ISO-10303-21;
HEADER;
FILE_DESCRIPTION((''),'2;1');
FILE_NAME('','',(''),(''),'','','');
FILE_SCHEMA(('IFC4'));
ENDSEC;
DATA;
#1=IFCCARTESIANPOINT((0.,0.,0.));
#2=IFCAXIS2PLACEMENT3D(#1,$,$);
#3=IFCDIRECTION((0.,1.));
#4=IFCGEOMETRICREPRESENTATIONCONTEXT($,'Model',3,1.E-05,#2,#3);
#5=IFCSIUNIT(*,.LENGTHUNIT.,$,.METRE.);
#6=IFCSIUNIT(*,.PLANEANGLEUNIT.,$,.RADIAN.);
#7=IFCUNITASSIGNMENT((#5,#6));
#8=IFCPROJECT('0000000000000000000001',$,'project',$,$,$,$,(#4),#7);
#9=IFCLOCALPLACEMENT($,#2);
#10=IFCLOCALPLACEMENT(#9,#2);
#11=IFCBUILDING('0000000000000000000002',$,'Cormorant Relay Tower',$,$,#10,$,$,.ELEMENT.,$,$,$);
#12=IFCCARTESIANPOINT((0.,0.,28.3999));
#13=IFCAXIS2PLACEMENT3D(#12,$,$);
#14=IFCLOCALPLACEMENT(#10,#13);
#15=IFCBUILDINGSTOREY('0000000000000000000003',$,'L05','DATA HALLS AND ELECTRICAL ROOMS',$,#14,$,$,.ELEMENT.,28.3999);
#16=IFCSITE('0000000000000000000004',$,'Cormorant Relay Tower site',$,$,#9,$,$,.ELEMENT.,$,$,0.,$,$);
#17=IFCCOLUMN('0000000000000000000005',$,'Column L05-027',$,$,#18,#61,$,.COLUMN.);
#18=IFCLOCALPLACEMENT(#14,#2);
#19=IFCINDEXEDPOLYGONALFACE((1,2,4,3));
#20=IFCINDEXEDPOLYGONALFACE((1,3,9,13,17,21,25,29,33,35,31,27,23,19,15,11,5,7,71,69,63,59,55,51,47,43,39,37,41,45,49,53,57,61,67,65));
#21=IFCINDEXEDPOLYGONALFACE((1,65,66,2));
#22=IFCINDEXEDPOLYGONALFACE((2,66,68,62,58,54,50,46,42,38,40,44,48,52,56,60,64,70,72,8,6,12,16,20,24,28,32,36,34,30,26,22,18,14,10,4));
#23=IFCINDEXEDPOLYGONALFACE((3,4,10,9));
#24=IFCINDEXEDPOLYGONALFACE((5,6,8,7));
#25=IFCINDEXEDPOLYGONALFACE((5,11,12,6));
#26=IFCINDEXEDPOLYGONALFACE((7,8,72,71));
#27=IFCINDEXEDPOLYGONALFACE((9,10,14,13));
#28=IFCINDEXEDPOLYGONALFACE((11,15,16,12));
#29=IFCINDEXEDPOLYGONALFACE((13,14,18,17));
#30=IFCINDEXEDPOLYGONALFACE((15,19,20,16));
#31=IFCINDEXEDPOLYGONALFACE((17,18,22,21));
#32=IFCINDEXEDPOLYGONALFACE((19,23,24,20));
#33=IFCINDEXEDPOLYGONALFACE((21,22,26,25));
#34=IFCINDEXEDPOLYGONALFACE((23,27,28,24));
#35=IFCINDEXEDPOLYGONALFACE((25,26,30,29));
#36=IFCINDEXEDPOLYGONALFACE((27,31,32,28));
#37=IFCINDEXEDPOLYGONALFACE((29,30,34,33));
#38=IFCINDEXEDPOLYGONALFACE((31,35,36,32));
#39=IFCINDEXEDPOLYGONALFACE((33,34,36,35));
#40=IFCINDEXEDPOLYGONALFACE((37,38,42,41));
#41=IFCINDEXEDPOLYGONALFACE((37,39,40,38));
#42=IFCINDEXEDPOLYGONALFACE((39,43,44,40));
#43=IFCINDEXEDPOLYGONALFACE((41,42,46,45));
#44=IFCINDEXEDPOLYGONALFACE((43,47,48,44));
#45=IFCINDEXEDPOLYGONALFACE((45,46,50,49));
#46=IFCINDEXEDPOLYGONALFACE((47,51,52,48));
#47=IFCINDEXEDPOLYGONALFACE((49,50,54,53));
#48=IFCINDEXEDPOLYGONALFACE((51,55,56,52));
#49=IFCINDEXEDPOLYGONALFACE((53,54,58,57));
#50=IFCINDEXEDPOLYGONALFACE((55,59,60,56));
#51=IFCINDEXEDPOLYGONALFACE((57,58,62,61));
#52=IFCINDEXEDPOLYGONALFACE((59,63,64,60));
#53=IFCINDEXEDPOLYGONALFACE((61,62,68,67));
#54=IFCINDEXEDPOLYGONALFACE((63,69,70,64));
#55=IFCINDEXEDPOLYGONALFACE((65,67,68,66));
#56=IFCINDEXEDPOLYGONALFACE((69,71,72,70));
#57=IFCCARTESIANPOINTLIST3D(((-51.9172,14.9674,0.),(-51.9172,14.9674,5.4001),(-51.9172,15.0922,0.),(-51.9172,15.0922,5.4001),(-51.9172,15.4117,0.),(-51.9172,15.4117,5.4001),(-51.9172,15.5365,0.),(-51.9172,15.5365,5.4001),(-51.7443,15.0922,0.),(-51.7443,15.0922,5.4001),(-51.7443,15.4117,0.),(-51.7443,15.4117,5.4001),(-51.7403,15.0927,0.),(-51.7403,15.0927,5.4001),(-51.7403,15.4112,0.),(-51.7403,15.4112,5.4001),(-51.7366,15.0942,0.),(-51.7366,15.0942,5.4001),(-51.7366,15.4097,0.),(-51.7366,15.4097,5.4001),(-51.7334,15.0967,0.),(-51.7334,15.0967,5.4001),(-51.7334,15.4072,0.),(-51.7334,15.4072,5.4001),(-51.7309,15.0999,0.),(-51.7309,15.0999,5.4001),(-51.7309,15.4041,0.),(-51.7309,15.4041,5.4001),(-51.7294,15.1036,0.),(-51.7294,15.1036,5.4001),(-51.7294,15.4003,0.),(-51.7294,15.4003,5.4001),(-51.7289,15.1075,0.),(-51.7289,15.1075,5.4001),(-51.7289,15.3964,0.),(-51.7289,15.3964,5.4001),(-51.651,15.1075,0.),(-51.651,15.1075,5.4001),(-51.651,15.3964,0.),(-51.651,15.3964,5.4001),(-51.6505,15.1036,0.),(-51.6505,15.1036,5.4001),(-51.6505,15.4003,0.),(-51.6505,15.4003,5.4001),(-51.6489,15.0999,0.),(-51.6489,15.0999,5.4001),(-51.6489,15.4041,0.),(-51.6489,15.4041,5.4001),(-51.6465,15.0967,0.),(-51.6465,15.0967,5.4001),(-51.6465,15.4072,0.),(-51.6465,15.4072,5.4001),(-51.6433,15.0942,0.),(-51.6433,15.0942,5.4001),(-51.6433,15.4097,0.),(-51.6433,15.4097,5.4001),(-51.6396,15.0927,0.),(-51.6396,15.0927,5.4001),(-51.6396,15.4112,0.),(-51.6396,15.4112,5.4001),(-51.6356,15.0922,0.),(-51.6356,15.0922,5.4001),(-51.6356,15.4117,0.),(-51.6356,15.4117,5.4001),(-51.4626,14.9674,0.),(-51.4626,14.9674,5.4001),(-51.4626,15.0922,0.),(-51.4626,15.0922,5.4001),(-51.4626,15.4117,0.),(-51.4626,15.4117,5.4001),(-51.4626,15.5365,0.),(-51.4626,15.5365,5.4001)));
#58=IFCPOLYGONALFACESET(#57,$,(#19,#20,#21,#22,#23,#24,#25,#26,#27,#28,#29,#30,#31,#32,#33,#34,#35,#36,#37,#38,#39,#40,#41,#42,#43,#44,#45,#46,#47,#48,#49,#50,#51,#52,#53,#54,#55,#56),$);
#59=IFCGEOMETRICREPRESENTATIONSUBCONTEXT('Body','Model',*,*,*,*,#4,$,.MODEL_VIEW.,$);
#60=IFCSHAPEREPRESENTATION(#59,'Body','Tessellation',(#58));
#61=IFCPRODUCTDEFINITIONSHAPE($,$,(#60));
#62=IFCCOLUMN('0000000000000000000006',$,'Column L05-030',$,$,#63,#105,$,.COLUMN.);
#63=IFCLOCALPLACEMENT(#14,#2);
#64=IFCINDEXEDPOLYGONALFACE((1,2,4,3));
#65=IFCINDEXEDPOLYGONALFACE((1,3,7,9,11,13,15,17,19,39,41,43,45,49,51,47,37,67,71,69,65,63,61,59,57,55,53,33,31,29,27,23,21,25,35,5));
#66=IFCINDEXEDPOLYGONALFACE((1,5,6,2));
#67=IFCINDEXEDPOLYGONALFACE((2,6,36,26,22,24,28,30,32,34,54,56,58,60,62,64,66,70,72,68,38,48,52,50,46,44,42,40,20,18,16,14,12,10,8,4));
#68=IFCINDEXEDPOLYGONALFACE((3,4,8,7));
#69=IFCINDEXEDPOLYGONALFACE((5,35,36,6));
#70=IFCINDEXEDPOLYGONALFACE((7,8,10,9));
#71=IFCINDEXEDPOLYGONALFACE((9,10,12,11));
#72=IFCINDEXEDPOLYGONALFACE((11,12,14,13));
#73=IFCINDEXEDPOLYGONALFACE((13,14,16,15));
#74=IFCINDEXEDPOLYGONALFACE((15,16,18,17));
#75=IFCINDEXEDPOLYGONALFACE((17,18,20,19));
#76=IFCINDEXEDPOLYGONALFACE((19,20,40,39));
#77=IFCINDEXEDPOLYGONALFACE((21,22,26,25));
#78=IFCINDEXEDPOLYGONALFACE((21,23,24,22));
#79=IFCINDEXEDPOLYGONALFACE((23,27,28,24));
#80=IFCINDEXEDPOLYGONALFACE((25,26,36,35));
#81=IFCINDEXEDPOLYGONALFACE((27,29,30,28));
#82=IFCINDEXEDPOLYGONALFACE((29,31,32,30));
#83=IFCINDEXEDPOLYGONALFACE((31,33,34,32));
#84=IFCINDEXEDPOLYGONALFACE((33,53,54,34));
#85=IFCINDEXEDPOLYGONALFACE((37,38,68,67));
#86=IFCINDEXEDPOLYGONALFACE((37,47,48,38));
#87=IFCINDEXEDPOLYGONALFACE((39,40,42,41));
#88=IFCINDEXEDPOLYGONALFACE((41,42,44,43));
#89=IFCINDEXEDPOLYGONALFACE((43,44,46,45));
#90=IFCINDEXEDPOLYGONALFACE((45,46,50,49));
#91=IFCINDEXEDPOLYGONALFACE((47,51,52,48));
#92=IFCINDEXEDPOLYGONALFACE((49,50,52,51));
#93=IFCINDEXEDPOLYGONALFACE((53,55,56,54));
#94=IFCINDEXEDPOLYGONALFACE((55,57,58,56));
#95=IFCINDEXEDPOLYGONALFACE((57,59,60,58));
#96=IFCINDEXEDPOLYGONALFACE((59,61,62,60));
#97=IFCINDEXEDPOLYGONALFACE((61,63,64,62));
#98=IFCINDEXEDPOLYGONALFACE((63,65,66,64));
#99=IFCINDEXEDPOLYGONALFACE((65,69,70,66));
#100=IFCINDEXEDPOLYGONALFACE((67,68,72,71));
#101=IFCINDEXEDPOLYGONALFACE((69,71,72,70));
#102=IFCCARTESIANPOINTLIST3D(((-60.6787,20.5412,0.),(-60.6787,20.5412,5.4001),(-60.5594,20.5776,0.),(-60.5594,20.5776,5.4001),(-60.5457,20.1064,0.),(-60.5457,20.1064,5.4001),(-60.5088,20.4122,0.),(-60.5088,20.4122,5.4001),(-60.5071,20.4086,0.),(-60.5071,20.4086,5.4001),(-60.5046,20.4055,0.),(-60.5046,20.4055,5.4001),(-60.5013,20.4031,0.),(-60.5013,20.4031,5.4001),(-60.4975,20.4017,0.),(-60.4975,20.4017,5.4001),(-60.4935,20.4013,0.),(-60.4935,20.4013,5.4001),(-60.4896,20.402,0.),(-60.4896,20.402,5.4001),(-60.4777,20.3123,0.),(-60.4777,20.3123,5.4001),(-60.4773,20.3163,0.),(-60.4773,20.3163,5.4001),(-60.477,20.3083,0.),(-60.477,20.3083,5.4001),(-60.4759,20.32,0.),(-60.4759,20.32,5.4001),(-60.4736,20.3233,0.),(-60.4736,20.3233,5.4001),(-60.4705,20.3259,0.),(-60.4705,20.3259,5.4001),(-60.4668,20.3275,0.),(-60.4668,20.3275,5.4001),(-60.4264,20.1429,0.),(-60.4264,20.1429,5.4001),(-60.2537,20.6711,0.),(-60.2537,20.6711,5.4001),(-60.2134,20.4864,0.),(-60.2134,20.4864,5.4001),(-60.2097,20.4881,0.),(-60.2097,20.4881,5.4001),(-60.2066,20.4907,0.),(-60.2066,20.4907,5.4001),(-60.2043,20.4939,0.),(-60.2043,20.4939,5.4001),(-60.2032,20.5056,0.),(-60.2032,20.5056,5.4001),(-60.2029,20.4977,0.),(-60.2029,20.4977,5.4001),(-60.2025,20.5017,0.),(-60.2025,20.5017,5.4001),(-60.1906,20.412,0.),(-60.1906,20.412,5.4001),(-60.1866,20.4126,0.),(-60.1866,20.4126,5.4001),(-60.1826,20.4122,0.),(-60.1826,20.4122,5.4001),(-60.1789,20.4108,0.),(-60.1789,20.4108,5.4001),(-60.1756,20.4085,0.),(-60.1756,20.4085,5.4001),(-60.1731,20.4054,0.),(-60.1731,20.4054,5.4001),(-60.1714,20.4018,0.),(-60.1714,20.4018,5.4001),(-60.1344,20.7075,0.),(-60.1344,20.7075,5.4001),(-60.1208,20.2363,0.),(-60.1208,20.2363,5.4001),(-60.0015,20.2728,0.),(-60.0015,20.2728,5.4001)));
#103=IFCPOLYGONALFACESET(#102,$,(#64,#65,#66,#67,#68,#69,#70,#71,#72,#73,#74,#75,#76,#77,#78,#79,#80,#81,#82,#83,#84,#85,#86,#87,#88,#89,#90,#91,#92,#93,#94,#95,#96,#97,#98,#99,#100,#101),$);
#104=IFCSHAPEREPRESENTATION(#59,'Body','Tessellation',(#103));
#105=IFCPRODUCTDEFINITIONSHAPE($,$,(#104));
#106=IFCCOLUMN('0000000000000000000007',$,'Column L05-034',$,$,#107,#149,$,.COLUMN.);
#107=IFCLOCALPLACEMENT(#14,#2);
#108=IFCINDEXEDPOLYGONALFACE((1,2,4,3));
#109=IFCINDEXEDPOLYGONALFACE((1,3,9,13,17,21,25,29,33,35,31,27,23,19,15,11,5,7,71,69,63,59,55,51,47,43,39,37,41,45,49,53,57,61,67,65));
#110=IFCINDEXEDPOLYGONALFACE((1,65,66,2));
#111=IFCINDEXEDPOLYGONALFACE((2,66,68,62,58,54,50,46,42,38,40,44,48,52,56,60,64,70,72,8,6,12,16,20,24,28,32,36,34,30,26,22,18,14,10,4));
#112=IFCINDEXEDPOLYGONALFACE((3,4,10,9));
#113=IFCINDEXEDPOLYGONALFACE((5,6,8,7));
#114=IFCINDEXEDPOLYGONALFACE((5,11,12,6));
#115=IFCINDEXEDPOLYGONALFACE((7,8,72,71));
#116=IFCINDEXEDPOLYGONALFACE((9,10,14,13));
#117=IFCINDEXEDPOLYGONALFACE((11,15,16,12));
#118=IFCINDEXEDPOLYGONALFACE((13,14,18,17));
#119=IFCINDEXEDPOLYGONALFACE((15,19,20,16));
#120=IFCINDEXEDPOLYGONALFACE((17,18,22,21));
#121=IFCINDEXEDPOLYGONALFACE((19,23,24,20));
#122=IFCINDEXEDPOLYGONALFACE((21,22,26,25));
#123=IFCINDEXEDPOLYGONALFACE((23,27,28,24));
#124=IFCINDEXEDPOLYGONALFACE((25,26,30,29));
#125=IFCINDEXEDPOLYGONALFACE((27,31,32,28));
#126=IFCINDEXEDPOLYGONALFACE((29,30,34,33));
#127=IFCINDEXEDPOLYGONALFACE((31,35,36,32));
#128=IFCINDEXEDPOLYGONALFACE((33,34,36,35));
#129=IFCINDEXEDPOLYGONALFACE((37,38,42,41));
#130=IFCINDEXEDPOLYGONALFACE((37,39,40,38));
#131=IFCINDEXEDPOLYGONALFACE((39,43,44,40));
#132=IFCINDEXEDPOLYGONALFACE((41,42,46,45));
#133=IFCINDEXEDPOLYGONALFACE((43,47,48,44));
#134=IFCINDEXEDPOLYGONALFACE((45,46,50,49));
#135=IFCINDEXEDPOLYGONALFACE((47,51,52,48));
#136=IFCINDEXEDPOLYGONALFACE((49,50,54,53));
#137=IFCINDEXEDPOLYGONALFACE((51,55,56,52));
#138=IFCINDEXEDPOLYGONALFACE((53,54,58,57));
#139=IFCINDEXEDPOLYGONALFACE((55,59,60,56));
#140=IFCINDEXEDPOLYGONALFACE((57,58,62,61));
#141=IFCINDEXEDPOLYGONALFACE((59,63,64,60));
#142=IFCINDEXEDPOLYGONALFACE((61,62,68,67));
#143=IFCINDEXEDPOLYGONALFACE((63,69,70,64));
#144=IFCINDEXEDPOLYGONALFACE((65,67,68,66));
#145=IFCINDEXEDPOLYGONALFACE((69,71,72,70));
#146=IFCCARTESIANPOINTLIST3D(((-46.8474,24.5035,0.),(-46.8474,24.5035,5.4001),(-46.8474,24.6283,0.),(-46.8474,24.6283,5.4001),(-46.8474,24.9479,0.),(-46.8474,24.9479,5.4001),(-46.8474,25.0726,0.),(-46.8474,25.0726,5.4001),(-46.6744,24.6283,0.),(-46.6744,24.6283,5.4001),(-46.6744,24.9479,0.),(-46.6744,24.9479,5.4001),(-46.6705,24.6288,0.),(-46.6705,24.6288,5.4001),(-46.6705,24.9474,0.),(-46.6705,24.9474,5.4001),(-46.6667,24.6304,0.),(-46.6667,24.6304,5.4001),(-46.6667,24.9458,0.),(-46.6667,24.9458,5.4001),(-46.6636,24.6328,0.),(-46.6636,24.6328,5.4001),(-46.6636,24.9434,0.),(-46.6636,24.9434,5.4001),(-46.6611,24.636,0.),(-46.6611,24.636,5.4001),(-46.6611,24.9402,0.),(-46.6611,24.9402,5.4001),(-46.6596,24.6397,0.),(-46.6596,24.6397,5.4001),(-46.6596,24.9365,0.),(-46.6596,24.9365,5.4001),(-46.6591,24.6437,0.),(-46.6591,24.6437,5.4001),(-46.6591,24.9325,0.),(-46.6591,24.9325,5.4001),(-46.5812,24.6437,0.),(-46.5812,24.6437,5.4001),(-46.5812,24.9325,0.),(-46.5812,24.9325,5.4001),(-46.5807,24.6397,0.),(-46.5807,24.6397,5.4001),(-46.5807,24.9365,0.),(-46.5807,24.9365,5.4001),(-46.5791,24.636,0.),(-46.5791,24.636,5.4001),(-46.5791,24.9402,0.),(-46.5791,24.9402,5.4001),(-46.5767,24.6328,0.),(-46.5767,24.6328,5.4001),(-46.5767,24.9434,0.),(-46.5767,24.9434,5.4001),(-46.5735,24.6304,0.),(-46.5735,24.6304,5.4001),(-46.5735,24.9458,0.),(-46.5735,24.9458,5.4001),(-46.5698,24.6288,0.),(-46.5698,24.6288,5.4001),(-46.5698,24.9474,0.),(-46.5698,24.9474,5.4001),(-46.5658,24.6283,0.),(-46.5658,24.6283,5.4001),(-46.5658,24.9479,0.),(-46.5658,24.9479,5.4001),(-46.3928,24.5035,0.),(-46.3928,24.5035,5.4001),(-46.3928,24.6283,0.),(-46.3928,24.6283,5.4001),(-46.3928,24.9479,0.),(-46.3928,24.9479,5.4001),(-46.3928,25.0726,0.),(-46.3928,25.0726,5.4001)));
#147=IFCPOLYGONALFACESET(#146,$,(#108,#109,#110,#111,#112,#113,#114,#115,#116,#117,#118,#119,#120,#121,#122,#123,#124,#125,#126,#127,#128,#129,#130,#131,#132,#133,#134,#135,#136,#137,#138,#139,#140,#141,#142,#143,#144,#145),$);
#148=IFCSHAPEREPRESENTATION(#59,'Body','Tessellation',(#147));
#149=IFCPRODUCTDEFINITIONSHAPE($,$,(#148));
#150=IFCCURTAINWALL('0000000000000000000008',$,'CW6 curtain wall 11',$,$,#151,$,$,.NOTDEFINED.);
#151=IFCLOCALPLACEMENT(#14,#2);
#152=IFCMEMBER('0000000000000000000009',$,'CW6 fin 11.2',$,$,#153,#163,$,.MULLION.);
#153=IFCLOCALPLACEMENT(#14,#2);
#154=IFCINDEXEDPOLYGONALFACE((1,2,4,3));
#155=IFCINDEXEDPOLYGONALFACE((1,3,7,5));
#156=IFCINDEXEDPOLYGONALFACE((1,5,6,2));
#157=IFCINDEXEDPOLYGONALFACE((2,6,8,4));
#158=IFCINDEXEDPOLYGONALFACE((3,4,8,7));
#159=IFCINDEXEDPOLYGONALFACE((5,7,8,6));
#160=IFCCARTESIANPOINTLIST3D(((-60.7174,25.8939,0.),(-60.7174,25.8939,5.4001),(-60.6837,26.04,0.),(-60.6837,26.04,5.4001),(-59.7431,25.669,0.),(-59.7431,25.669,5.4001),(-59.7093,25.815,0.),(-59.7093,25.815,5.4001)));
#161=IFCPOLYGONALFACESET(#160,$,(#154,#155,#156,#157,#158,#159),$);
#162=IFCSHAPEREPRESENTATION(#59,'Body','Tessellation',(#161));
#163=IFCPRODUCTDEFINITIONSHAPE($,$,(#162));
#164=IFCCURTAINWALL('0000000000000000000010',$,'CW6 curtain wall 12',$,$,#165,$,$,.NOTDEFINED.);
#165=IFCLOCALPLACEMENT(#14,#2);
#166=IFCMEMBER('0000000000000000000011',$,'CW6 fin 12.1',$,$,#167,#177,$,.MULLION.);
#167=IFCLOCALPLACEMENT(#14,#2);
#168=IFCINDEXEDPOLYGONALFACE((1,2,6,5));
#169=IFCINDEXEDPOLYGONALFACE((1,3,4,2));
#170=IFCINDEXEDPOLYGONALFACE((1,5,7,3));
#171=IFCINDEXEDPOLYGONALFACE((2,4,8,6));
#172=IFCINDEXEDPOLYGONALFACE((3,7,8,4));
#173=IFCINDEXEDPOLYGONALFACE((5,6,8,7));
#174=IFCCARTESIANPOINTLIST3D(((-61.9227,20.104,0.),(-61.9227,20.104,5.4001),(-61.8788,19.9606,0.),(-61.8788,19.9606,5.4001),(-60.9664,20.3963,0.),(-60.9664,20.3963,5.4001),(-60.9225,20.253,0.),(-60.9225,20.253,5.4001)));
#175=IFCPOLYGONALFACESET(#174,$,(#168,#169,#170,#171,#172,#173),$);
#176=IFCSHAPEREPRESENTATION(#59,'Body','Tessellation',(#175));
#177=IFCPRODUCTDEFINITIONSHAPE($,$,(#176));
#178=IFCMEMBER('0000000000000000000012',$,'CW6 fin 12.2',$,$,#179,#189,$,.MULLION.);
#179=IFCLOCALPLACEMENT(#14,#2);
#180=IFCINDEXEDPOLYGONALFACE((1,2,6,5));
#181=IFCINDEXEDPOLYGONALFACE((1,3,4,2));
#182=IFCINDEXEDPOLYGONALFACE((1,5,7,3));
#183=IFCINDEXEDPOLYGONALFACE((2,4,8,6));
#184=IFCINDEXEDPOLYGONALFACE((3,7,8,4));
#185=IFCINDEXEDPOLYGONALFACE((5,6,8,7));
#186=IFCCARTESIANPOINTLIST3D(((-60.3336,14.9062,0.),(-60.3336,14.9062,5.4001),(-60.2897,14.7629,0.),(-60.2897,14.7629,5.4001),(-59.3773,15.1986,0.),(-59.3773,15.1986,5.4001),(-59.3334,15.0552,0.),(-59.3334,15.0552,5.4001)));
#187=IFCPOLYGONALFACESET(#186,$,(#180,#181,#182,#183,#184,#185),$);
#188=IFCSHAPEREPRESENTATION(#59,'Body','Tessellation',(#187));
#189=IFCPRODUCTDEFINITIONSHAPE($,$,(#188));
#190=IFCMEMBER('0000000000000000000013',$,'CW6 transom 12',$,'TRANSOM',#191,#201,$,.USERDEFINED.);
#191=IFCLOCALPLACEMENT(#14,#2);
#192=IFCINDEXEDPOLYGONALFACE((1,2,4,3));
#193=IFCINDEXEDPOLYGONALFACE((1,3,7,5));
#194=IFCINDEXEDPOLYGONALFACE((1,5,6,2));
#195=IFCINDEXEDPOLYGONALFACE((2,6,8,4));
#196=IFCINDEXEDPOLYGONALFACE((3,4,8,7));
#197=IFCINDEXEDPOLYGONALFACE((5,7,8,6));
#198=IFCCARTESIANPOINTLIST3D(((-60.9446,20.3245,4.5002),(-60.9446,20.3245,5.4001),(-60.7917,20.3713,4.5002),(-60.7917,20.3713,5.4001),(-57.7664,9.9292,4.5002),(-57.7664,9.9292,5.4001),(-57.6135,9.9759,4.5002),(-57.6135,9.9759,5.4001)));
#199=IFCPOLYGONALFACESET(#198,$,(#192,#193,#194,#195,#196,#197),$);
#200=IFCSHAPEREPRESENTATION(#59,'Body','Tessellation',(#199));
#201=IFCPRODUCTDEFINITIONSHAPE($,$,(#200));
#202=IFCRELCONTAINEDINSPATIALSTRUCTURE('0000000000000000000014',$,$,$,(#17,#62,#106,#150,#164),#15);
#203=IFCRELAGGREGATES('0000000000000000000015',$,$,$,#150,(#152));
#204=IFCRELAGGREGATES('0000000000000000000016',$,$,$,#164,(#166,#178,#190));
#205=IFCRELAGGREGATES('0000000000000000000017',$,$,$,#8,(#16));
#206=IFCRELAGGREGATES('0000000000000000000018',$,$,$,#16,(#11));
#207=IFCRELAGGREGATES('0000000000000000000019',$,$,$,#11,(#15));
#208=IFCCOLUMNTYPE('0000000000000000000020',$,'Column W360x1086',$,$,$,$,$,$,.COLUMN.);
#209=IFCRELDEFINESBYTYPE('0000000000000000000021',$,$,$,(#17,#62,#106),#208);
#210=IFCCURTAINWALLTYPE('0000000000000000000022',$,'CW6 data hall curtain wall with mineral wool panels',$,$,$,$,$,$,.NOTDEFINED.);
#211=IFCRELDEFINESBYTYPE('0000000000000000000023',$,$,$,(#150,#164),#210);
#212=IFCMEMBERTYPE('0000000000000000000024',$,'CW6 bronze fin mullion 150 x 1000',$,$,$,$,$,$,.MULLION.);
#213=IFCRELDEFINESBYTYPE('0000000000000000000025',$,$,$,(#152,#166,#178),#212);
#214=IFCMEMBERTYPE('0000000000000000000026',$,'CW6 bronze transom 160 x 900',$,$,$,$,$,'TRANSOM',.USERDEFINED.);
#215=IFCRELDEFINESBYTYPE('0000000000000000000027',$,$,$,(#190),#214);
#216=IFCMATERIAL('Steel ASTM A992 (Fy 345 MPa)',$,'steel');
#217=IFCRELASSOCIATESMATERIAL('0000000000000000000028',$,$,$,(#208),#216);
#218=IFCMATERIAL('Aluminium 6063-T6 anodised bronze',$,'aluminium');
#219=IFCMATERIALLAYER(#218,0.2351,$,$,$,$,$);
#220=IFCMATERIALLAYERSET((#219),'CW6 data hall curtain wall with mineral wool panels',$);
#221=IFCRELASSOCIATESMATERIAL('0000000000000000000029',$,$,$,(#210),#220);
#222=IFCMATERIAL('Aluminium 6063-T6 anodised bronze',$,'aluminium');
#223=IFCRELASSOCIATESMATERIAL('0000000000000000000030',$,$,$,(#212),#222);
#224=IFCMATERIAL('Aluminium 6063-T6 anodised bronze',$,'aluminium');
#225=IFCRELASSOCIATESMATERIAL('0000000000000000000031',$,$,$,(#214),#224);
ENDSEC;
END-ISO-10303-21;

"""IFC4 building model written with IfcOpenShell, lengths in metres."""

from ifc_helpers import new_model, si_unit, direction, frame, origin, origin_2d, place, context, subcontext, project, spatial, rectangle, i_section, extrude, material, layer, layer_set, material_profile, profile_set, type_object, element, aggregate, save


model = new_model("IFC4")

# Units and contexts
model_context = context("Model", 3, precision=1e-05, world=origin(), true_north=direction((0.0, 1.0)))
body_context = subcontext(model_context, "Body", "Model", "MODEL_VIEW")
ifc_project = project(units=[si_unit("LENGTHUNIT", "METRE"), si_unit("PLANEANGLEUNIT", "RADIAN")], contexts=[model_context])

# Site, building, storey
site_placement = place(None, origin())
site = spatial("IfcSite", under=ifc_project, at=site_placement, Name="Cormorant Relay Tower site", CompositionType="ELEMENT", RefElevation=0.0)
building_placement = place(site_placement, origin())
building = spatial("IfcBuilding", under=site, at=building_placement, Name="Cormorant Relay Tower", CompositionType="ELEMENT")
storey_placement = place(building_placement, frame((0.0, 0.0, 28.3999)))
storey = spatial("IfcBuildingStorey", under=building, at=storey_placement, Name="L05", Description="DATA HALLS AND ELECTRICAL ROOMS", CompositionType="ELEMENT", Elevation=28.3999)

# Columns
ifc_material_1 = material(Name="Steel ASTM A992 (Fy 345 MPa)", Category="steel")
ifc_material_profile_1 = material_profile(ifc_material_1, i_section(OverallWidth=0.4546, OverallDepth=0.5691, WebThickness=0.0779, FlangeThickness=0.1248, FilletRadius=0.0154, at=origin_2d()), Name="W360x1086")
ifc_profile_set_1 = profile_set([ifc_material_profile_1], Name="Steel ASTM A992 (Fy 345 MPa)")
column_type = type_object("IfcColumnType", Name="Column W360x1086", PredefinedType="COLUMN", material=ifc_profile_set_1)
for number, where, z_axis, x_axis, name in (
    (1, (-51.6899, 15.252, 0.0), (0.0, 0.0, 1.0), (1.0, 0.0, 0.0), "Column L05-027"),
    (2, (-60.3401, 20.407, 0.0), (0.0, 0.0, 1.0), (0.292372, -0.956305, 0.0), "Column L05-030"),
    (3, (-46.6201, 24.7881, 0.0), (0.0, 0.0, 1.0), (1.0, 0.0, 0.0), "Column L05-034"),
):
    element("IfcColumn", number, at=place(storey_placement, frame(where, z_axis=z_axis, x_axis=x_axis)), inside=storey, type_object=column_type, Name=name, PredefinedType="COLUMN", context=body_context, shape_type="SweptSolid", body=[
        extrude(i_section(OverallWidth=0.4546, OverallDepth=0.5691, WebThickness=0.0779, FlangeThickness=0.1248, FilletRadius=0.0154, at=origin_2d()), origin(), (0.0, 0.0, 1.0), 5.4001),
    ])

# Curtain wall, member
ifc_material_2 = material(Name="Aluminium 6063-T6 anodised bronze", Category="aluminium")
ifc_layer_1 = layer(ifc_material_2, 0.2351)
ifc_layer_set_1 = layer_set([ifc_layer_1], Name="CW6 data hall curtain wall with mineral wool panels")
curtain_wall_type = type_object("IfcCurtainWallType", Name="CW6 data hall curtain wall with mineral wool panels", PredefinedType="NOTDEFINED", material=ifc_layer_set_1)
curtain_wall_1_placement = place(storey_placement, origin())
curtain_wall_1 = element("IfcCurtainWall", 4, at=curtain_wall_1_placement, inside=storey, type_object=curtain_wall_type, Name="CW6 curtain wall 11", PredefinedType="NOTDEFINED")
ifc_material_3 = material(Name="Aluminium 6063-T6 anodised bronze", Category="aluminium")
ifc_material_profile_2 = material_profile(ifc_material_3, rectangle(XDim=0.1499, YDim=1.0, at=origin_2d()), Name="AL 150x1000")
ifc_profile_set_2 = profile_set([ifc_material_profile_2], Name="Aluminium 6063-T6 anodised bronze")
member_type_1 = type_object("IfcMemberType", Name="CW6 bronze fin mullion 150 x 1000", PredefinedType="MULLION", material=ifc_profile_set_2)
member_1_placement = place(storey_placement, frame((-60.2134, 25.8545, 0.0), z_axis=(0.0, 0.0, 1.0), x_axis=(-0.224951, -0.97437, 0.0)))
member_1 = element("IfcMember", 5, at=member_1_placement, type_object=member_type_1, Name="CW6 fin 11.2", PredefinedType="MULLION", context=body_context, shape_type="SweptSolid", body=[
    extrude(rectangle(XDim=0.1499, YDim=1.0, at=origin_2d()), origin(), (0.0, 0.0, 1.0), 5.4001),
])

# Curtain wall, members
curtain_wall_2_placement = place(storey_placement, origin())
curtain_wall_2 = element("IfcCurtainWall", 6, at=curtain_wall_2_placement, inside=storey, type_object=curtain_wall_type, Name="CW6 curtain wall 12", PredefinedType="NOTDEFINED")
member_2_placement = place(storey_placement, frame((-61.4226, 20.1785, 0.0), z_axis=(0.0, 0.0, 1.0), x_axis=(0.292372, -0.956305, 0.0)))
member_2 = element("IfcMember", 7, at=member_2_placement, type_object=member_type_1, Name="CW6 fin 12.1", PredefinedType="MULLION", context=body_context, shape_type="SweptSolid", body=[
    extrude(rectangle(XDim=0.1499, YDim=1.0, at=origin_2d()), origin(), (0.0, 0.0, 1.0), 5.4001),
])
member_3_placement = place(storey_placement, frame((-59.8335, 14.9807, 0.0), z_axis=(0.0, 0.0, 1.0), x_axis=(0.292372, -0.956305, 0.0)))
member_3 = element("IfcMember", 8, at=member_3_placement, type_object=member_type_1, Name="CW6 fin 12.2", PredefinedType="MULLION", context=body_context, shape_type="SweptSolid", body=[
    extrude(rectangle(XDim=0.1499, YDim=1.0, at=origin_2d()), origin(), (0.0, 0.0, 1.0), 5.4001),
])
ifc_material_4 = material(Name="Aluminium 6063-T6 anodised bronze", Category="aluminium")
ifc_material_profile_3 = material_profile(ifc_material_4, rectangle(XDim=0.1599, YDim=0.8999, at=origin_2d()), Name="AL 160x900")
ifc_profile_set_3 = profile_set([ifc_material_profile_3], Name="Aluminium 6063-T6 anodised bronze")
member_type_2 = type_object("IfcMemberType", Name="CW6 bronze transom 160 x 900", ElementType="TRANSOM", PredefinedType="USERDEFINED", material=ifc_profile_set_3)
member_4_placement = place(storey_placement, frame((-60.8682, 20.3479, 4.9502), z_axis=(0.292378, -0.956303, 0.0), x_axis=(0.956303, 0.292378, 0.0)))
member_4 = element("IfcMember", 9, at=member_4_placement, type_object=member_type_2, Name="CW6 transom 12", ObjectType="TRANSOM", PredefinedType="USERDEFINED", context=body_context, shape_type="SweptSolid", body=[
    extrude(rectangle(XDim=0.1599, YDim=0.8999, at=origin_2d()), origin(), (0.0, 0.0, 1.0), 10.8704),
])

aggregate(curtain_wall_1, [member_1])
aggregate(curtain_wall_2, [member_2, member_3, member_4])

save(model, "model.ifc")
